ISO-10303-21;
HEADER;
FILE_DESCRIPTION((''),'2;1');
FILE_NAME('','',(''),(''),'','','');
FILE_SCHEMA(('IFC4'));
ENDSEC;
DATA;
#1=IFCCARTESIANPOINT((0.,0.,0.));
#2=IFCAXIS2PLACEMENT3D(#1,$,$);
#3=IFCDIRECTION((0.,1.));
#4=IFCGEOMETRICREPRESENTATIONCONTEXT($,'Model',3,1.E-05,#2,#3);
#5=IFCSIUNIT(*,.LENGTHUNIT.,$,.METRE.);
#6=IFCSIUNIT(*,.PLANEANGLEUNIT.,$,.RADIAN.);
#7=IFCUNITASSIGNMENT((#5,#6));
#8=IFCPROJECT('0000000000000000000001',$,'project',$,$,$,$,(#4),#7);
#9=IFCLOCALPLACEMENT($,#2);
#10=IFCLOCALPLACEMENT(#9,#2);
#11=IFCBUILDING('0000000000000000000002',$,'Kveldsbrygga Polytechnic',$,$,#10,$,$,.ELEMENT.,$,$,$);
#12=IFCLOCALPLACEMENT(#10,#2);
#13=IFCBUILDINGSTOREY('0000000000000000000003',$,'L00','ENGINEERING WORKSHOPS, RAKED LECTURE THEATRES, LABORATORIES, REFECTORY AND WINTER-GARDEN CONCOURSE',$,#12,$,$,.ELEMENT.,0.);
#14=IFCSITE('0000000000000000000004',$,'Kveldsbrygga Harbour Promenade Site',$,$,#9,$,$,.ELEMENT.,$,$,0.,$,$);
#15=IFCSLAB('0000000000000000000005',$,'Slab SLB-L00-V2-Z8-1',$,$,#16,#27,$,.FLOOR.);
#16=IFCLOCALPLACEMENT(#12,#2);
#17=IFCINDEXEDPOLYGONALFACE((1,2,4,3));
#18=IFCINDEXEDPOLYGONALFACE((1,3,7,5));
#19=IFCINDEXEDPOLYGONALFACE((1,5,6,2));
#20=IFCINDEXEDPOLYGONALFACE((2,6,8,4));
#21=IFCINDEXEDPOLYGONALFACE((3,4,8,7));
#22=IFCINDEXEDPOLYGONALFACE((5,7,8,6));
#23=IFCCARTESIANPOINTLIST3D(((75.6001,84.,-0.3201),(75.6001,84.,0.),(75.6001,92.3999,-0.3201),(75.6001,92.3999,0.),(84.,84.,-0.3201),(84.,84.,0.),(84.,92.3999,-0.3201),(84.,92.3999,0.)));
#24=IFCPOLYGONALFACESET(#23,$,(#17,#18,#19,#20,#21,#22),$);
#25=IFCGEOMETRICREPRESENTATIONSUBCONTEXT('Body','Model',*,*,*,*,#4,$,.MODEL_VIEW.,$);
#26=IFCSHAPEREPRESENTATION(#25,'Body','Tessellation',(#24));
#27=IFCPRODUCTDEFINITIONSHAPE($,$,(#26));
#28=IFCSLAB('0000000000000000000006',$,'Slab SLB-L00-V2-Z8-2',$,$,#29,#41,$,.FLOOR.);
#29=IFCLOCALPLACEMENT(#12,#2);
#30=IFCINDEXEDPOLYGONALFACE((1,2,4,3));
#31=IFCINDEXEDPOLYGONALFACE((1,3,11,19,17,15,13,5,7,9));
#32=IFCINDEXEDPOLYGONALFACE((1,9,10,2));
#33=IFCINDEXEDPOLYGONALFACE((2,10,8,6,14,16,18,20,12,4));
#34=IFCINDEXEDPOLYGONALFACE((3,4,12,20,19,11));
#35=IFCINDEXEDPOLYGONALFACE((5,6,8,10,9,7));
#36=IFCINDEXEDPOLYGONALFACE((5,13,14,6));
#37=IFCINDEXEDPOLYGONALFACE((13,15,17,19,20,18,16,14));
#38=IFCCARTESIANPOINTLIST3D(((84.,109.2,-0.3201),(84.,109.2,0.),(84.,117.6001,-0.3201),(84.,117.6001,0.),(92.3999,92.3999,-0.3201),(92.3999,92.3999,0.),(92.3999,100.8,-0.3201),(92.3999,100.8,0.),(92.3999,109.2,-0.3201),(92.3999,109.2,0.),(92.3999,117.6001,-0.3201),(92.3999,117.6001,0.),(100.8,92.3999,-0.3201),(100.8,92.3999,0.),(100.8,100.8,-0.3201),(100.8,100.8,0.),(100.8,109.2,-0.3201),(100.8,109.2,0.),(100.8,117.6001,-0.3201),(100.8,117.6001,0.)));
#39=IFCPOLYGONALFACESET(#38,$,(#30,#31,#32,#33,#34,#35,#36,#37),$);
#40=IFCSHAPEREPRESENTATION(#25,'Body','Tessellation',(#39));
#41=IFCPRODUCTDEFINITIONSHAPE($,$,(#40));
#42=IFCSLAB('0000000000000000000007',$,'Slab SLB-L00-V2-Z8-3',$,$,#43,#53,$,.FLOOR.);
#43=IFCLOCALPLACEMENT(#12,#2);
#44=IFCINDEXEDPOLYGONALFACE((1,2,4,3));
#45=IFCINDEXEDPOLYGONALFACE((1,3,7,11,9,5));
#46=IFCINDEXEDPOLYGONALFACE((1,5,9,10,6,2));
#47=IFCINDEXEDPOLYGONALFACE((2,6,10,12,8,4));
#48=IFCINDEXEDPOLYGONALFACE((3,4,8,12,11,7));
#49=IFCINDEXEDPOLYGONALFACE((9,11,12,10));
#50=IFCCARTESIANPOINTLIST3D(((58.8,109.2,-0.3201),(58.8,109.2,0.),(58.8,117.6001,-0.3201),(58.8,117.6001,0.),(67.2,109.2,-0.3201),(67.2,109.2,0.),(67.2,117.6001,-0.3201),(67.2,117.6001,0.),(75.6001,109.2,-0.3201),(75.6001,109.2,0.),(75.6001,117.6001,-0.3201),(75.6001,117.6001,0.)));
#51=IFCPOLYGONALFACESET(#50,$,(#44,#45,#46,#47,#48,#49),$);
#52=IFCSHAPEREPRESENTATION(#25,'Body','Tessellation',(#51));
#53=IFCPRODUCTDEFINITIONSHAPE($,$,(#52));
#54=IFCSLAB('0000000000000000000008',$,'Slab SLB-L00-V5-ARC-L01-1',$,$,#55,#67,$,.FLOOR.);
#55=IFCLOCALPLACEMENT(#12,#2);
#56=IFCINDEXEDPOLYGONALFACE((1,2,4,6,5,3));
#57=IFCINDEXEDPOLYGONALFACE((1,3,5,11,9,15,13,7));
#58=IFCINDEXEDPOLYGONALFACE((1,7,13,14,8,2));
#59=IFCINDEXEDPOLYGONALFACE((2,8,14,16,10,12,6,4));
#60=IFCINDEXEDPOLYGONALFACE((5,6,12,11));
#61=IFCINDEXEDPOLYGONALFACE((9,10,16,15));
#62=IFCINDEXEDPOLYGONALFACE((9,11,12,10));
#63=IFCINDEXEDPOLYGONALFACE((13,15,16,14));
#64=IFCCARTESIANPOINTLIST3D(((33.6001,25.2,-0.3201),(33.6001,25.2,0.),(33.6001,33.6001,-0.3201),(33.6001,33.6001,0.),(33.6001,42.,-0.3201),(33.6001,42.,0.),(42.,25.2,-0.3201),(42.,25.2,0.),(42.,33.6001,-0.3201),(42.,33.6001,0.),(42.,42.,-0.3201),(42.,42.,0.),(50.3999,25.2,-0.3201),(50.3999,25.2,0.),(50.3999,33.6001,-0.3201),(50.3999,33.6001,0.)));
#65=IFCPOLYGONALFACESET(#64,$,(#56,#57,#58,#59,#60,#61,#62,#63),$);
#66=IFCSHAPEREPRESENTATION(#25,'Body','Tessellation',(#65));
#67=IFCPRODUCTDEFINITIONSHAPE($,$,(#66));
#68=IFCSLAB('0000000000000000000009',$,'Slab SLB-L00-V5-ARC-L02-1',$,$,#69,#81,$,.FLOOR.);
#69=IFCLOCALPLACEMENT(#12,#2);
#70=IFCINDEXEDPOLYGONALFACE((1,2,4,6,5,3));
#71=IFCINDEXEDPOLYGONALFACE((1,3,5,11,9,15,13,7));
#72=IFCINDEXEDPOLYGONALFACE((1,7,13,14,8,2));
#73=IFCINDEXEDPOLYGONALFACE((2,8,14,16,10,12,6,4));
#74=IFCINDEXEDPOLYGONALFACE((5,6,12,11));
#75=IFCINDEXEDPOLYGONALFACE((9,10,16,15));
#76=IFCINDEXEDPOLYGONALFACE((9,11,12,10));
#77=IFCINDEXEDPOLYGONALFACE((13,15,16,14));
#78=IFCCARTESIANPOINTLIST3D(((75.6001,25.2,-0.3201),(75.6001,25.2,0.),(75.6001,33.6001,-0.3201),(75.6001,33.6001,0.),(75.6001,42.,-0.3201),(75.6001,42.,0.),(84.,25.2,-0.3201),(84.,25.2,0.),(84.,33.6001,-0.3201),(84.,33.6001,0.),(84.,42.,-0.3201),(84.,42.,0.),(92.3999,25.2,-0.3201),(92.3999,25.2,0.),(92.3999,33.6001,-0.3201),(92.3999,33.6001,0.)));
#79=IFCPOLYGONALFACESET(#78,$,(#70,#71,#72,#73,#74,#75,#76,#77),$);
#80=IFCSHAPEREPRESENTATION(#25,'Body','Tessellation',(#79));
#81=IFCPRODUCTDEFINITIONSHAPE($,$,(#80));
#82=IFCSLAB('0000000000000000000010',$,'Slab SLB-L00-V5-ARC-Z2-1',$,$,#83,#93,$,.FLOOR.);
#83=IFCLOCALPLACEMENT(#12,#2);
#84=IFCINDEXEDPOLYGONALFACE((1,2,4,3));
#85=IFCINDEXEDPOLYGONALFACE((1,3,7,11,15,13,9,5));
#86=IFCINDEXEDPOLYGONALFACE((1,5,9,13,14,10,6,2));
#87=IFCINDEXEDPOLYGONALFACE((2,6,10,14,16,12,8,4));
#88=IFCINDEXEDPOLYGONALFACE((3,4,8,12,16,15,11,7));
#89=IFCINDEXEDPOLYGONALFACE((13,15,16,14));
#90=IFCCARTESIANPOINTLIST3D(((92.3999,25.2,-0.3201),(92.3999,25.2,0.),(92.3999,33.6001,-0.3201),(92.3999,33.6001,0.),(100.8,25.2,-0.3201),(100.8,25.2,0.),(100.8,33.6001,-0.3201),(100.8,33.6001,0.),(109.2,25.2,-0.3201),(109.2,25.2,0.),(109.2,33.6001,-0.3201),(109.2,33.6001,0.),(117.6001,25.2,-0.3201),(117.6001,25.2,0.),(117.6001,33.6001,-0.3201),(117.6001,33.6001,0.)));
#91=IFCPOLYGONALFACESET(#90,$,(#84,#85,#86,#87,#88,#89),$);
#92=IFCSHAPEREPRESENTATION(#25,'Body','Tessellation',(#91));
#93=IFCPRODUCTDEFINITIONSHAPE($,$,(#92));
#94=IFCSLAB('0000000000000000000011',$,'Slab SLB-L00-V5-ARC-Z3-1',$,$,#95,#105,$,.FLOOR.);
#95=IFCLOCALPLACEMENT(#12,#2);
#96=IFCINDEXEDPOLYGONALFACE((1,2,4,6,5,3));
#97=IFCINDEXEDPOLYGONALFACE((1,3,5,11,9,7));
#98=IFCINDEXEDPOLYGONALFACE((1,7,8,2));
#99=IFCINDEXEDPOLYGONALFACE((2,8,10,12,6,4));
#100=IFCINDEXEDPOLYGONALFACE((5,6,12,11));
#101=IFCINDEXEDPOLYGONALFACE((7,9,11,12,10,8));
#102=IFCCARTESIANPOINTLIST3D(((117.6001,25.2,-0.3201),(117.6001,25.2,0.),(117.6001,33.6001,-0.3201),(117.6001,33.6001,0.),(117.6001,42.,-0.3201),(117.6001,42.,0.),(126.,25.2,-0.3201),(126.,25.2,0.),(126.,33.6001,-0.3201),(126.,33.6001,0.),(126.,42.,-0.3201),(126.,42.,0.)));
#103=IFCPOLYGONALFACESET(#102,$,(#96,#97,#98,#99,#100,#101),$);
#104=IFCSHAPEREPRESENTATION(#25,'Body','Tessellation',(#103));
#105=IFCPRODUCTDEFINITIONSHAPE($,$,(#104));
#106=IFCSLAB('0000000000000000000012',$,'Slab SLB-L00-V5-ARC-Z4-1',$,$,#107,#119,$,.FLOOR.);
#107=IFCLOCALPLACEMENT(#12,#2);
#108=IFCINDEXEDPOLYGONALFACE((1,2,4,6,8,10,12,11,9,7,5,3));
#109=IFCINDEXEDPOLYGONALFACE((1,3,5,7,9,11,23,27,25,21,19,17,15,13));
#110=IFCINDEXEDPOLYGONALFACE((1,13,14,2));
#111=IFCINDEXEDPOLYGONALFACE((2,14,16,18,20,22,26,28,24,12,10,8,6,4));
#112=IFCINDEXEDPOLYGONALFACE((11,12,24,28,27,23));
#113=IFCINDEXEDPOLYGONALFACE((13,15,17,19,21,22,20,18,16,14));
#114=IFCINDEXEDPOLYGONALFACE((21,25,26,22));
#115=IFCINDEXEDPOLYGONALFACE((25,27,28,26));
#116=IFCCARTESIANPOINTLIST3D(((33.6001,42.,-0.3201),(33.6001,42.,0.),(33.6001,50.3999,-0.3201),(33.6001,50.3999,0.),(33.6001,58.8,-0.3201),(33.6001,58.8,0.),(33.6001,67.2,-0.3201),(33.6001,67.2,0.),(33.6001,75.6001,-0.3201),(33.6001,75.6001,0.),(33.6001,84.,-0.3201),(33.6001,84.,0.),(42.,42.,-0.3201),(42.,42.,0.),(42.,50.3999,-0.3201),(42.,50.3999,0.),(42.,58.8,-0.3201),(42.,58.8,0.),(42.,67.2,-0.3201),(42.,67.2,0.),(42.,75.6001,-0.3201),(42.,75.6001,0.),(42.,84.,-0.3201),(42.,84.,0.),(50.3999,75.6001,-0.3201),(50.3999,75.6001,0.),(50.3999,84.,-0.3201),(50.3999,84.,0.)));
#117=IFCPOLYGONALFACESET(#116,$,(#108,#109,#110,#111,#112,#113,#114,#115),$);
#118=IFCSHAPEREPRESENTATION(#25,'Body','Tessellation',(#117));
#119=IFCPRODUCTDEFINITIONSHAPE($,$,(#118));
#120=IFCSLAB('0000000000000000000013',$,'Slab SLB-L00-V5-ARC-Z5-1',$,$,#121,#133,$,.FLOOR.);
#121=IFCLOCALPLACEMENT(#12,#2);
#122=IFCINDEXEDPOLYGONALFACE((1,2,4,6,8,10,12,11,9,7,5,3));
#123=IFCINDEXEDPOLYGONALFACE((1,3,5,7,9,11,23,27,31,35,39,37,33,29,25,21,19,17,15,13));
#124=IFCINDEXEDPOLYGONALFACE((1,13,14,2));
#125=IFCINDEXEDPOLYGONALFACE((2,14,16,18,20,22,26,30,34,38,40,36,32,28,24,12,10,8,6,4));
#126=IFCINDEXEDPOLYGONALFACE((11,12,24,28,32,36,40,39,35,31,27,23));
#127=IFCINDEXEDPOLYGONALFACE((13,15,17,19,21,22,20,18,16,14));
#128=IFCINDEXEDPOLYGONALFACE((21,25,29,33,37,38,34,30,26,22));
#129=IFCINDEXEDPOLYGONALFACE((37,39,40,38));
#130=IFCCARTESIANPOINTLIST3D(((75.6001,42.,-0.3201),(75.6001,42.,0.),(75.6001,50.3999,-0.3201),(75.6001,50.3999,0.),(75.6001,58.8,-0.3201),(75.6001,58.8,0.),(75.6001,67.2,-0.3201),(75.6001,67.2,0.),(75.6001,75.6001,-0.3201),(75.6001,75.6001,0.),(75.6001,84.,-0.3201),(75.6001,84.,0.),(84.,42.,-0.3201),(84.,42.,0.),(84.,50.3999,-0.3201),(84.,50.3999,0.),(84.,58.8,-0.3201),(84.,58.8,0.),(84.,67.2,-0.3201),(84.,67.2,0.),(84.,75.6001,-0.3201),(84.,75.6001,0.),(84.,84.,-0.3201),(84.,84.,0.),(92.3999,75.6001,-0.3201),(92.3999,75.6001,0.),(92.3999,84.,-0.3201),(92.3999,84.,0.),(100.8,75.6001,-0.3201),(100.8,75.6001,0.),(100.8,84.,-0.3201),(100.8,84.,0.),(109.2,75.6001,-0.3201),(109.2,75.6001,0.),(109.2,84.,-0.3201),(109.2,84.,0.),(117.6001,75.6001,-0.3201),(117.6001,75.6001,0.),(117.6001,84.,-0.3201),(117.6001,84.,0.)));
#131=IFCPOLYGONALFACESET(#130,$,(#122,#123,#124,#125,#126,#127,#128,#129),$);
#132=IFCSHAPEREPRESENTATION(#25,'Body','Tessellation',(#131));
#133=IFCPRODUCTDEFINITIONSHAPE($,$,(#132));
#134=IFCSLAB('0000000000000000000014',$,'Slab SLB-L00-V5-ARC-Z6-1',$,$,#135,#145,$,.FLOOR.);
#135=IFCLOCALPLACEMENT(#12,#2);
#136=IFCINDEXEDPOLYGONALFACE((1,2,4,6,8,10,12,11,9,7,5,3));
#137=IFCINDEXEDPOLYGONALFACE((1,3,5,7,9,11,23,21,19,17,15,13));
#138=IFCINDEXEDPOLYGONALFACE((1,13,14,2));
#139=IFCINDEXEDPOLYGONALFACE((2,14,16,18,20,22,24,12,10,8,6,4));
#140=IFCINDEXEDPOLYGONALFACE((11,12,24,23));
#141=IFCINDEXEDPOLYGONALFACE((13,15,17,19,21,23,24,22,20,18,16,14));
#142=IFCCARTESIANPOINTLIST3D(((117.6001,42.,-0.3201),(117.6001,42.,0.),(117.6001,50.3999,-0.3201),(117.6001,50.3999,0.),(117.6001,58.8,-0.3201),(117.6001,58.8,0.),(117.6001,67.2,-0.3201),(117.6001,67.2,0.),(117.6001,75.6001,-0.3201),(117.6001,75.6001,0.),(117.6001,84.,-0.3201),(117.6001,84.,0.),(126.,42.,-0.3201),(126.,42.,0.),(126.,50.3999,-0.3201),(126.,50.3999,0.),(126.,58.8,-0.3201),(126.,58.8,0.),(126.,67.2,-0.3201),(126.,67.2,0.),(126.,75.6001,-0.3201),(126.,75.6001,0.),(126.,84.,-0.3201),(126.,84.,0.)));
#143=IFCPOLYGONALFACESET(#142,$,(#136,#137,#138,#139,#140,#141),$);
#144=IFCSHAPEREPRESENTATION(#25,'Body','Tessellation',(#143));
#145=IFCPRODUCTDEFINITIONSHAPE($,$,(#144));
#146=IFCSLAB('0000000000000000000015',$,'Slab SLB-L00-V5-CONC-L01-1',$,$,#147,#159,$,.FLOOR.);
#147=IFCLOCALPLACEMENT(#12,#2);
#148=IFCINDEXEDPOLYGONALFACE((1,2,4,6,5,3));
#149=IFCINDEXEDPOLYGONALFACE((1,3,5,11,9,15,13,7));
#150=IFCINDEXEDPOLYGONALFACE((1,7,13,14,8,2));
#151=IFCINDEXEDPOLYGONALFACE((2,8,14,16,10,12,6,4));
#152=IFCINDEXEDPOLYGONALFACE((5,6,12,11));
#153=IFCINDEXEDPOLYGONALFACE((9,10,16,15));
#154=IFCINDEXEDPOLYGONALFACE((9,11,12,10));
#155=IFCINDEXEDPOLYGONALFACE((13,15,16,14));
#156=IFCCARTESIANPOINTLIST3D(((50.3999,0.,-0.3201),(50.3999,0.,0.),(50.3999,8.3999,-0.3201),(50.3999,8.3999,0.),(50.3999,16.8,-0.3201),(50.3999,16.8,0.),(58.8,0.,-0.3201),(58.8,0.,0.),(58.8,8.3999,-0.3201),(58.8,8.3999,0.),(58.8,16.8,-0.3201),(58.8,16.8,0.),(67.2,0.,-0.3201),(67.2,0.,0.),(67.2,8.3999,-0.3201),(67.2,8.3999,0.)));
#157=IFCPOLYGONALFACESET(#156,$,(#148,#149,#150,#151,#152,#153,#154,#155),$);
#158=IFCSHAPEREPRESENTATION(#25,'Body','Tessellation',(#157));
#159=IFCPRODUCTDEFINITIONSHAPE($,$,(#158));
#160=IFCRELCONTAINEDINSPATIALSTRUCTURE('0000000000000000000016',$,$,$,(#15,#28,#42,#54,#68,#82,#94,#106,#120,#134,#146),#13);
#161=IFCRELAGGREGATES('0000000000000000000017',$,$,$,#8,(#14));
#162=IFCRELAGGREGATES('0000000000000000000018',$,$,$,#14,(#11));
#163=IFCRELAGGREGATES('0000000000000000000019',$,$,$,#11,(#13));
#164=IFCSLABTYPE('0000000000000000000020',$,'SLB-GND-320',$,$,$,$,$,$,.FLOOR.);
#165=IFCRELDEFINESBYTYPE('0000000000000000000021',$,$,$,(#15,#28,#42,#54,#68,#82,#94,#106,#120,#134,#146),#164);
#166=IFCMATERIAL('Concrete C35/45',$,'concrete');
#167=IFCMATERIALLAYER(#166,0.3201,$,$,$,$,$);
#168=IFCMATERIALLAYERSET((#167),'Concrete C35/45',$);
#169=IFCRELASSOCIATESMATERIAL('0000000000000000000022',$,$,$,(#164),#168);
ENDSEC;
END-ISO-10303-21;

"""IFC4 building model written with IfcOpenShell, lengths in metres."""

from ifc_helpers import new_model, si_unit, direction, frame, origin, place, context, subcontext, project, spatial, polyline, outline, extrude, material, layer, layer_set, type_object, element, save


model = new_model("IFC4")

# Units and contexts
model_context = context("Model", 3, precision=1e-05, world=origin(), true_north=direction((0.0, 1.0)))
body_context = subcontext(model_context, "Body", "Model", "MODEL_VIEW")
ifc_project = project(units=[si_unit("LENGTHUNIT", "METRE"), si_unit("PLANEANGLEUNIT", "RADIAN")], contexts=[model_context])

# Site, building, storey
site_placement = place(None, origin())
site = spatial("IfcSite", under=ifc_project, at=site_placement, Name="Kveldsbrygga Harbour Promenade Site", CompositionType="ELEMENT", RefElevation=0.0)
building_placement = place(site_placement, origin())
building = spatial("IfcBuilding", under=site, at=building_placement, Name="Kveldsbrygga Polytechnic", CompositionType="ELEMENT")
storey_placement = place(building_placement, origin())
storey = spatial("IfcBuildingStorey", under=building, at=storey_placement, Name="L00", Description="ENGINEERING WORKSHOPS, RAKED LECTURE THEATRES, LABORATORIES, REFECTORY AND WINTER-GARDEN CONCOURSE", CompositionType="ELEMENT", Elevation=0.0)

# Slabs
ifc_material = material(Name="Concrete C35/45", Category="concrete")
ifc_layer_1 = layer(ifc_material, 0.3201)
ifc_layer_set_1 = layer_set([ifc_layer_1], Name="Concrete C35/45")
slab_type_1 = type_object("IfcSlabType", Name="SLB-GND-320", PredefinedType="FLOOR", material=ifc_layer_set_1)
slab_1_placement = place(storey_placement, frame((0.0, 0.0, -0.3201)))
element("IfcSlab", 1, at=slab_1_placement, inside=storey, type_object=slab_type_1, Name="Slab SLB-L00-V2-Z8-1", PredefinedType="FLOOR", context=body_context, shape_type="SweptSolid", body=[
    extrude(outline(polyline([(75.6001, 92.3999), (84.0, 92.3999), (84.0, 84.0), (75.6001, 84.0), (75.6001, 92.3999)])), origin(), (0.0, 0.0, 1.0), 0.3201),
])
slab_2_placement = place(storey_placement, frame((0.0, 0.0, -0.3201)))
element("IfcSlab", 2, at=slab_2_placement, inside=storey, type_object=slab_type_1, Name="Slab SLB-L00-V2-Z8-2", PredefinedType="FLOOR", context=body_context, shape_type="SweptSolid", body=[
    extrude(outline(polyline([(92.3999, 100.8), (92.3999, 109.2), (84.0, 109.2), (84.0, 117.6001), (92.3999, 117.6001), (100.8, 117.6001), (100.8, 109.2), (100.8, 100.8), (100.8, 92.3999), (92.3999, 92.3999), (92.3999, 100.8)])), origin(), (0.0, 0.0, 1.0), 0.3201),
])
slab_3_placement = place(storey_placement, frame((0.0, 0.0, -0.3201)))
element("IfcSlab", 3, at=slab_3_placement, inside=storey, type_object=slab_type_1, Name="Slab SLB-L00-V2-Z8-3", PredefinedType="FLOOR", context=body_context, shape_type="SweptSolid", body=[
    extrude(outline(polyline([(67.2, 117.6001), (75.6001, 117.6001), (75.6001, 109.2), (67.2, 109.2), (58.8, 109.2), (58.8, 117.6001), (67.2, 117.6001)])), origin(), (0.0, 0.0, 1.0), 0.3201),
])
slab_4_placement = place(storey_placement, frame((0.0, 0.0, -0.3201)))
element("IfcSlab", 4, at=slab_4_placement, inside=storey, type_object=slab_type_1, Name="Slab SLB-L00-V5-ARC-L01-1", PredefinedType="FLOOR", context=body_context, shape_type="SweptSolid", body=[
    extrude(outline(polyline([(33.6001, 25.2), (33.6001, 33.6001), (33.6001, 42.0), (42.0, 42.0), (42.0, 33.6001), (50.3999, 33.6001), (50.3999, 25.2), (42.0, 25.2), (33.6001, 25.2)])), origin(), (0.0, 0.0, 1.0), 0.3201),
])
slab_5_placement = place(storey_placement, frame((0.0, 0.0, -0.3201)))
element("IfcSlab", 5, at=slab_5_placement, inside=storey, type_object=slab_type_1, Name="Slab SLB-L00-V5-ARC-L02-1", PredefinedType="FLOOR", context=body_context, shape_type="SweptSolid", body=[
    extrude(outline(polyline([(75.6001, 25.2), (75.6001, 33.6001), (75.6001, 42.0), (84.0, 42.0), (84.0, 33.6001), (92.3999, 33.6001), (92.3999, 25.2), (84.0, 25.2), (75.6001, 25.2)])), origin(), (0.0, 0.0, 1.0), 0.3201),
])
slab_6_placement = place(storey_placement, frame((0.0, 0.0, -0.3201)))
element("IfcSlab", 6, at=slab_6_placement, inside=storey, type_object=slab_type_1, Name="Slab SLB-L00-V5-ARC-Z2-1", PredefinedType="FLOOR", context=body_context, shape_type="SweptSolid", body=[
    extrude(outline(polyline([(92.3999, 25.2), (92.3999, 33.6001), (100.8, 33.6001), (109.2, 33.6001), (117.6001, 33.6001), (117.6001, 25.2), (109.2, 25.2), (100.8, 25.2), (92.3999, 25.2)])), origin(), (0.0, 0.0, 1.0), 0.3201),
])
slab_7_placement = place(storey_placement, frame((0.0, 0.0, -0.3201)))
element("IfcSlab", 7, at=slab_7_placement, inside=storey, type_object=slab_type_1, Name="Slab SLB-L00-V5-ARC-Z3-1", PredefinedType="FLOOR", context=body_context, shape_type="SweptSolid", body=[
    extrude(outline(polyline([(126.0, 25.2), (117.6001, 25.2), (117.6001, 33.6001), (117.6001, 42.0), (126.0, 42.0), (126.0, 33.6001), (126.0, 25.2)])), origin(), (0.0, 0.0, 1.0), 0.3201),
])
slab_8_placement = place(storey_placement, frame((0.0, 0.0, -0.3201)))
element("IfcSlab", 8, at=slab_8_placement, inside=storey, type_object=slab_type_1, Name="Slab SLB-L00-V5-ARC-Z4-1", PredefinedType="FLOOR", context=body_context, shape_type="SweptSolid", body=[
    extrude(outline(polyline([(33.6001, 42.0), (33.6001, 50.3999), (33.6001, 58.8), (33.6001, 67.2), (33.6001, 75.6001), (33.6001, 84.0), (42.0, 84.0), (50.3999, 84.0), (50.3999, 75.6001), (42.0, 75.6001), (42.0, 67.2), (42.0, 58.8), (42.0, 50.3999), (42.0, 42.0), (33.6001, 42.0)])), origin(), (0.0, 0.0, 1.0), 0.3201),
])
slab_9_placement = place(storey_placement, frame((0.0, 0.0, -0.3201)))
element("IfcSlab", 9, at=slab_9_placement, inside=storey, type_object=slab_type_1, Name="Slab SLB-L00-V5-ARC-Z5-1", PredefinedType="FLOOR", context=body_context, shape_type="SweptSolid", body=[
    extrude(outline(polyline([(75.6001, 50.3999), (75.6001, 58.8), (75.6001, 67.2), (75.6001, 75.6001), (75.6001, 84.0), (84.0, 84.0), (92.3999, 84.0), (100.8, 84.0), (109.2, 84.0), (117.6001, 84.0), (117.6001, 75.6001), (109.2, 75.6001), (100.8, 75.6001), (92.3999, 75.6001), (84.0, 75.6001), (84.0, 67.2), (84.0, 58.8), (84.0, 50.3999), (84.0, 42.0), (75.6001, 42.0), (75.6001, 50.3999)])), origin(), (0.0, 0.0, 1.0), 0.3201),
])
slab_10_placement = place(storey_placement, frame((0.0, 0.0, -0.3201)))
element("IfcSlab", 10, at=slab_10_placement, inside=storey, type_object=slab_type_1, Name="Slab SLB-L00-V5-ARC-Z6-1", PredefinedType="FLOOR", context=body_context, shape_type="SweptSolid", body=[
    extrude(outline(polyline([(117.6001, 42.0), (117.6001, 50.3999), (117.6001, 58.8), (117.6001, 67.2), (117.6001, 75.6001), (117.6001, 84.0), (126.0, 84.0), (126.0, 75.6001), (126.0, 67.2), (126.0, 58.8), (126.0, 50.3999), (126.0, 42.0), (117.6001, 42.0)])), origin(), (0.0, 0.0, 1.0), 0.3201),
])
slab_11_placement = place(storey_placement, frame((0.0, 0.0, -0.3201)))
element("IfcSlab", 11, at=slab_11_placement, inside=storey, type_object=slab_type_1, Name="Slab SLB-L00-V5-CONC-L01-1", PredefinedType="FLOOR", context=body_context, shape_type="SweptSolid", body=[
    extrude(outline(polyline([(50.3999, 0.0), (50.3999, 8.3999), (50.3999, 16.8), (58.8, 16.8), (58.8, 8.3999), (67.2, 8.3999), (67.2, 0.0), (58.8, 0.0), (50.3999, 0.0)])), origin(), (0.0, 0.0, 1.0), 0.3201),
])

save(model, "model.ifc")
